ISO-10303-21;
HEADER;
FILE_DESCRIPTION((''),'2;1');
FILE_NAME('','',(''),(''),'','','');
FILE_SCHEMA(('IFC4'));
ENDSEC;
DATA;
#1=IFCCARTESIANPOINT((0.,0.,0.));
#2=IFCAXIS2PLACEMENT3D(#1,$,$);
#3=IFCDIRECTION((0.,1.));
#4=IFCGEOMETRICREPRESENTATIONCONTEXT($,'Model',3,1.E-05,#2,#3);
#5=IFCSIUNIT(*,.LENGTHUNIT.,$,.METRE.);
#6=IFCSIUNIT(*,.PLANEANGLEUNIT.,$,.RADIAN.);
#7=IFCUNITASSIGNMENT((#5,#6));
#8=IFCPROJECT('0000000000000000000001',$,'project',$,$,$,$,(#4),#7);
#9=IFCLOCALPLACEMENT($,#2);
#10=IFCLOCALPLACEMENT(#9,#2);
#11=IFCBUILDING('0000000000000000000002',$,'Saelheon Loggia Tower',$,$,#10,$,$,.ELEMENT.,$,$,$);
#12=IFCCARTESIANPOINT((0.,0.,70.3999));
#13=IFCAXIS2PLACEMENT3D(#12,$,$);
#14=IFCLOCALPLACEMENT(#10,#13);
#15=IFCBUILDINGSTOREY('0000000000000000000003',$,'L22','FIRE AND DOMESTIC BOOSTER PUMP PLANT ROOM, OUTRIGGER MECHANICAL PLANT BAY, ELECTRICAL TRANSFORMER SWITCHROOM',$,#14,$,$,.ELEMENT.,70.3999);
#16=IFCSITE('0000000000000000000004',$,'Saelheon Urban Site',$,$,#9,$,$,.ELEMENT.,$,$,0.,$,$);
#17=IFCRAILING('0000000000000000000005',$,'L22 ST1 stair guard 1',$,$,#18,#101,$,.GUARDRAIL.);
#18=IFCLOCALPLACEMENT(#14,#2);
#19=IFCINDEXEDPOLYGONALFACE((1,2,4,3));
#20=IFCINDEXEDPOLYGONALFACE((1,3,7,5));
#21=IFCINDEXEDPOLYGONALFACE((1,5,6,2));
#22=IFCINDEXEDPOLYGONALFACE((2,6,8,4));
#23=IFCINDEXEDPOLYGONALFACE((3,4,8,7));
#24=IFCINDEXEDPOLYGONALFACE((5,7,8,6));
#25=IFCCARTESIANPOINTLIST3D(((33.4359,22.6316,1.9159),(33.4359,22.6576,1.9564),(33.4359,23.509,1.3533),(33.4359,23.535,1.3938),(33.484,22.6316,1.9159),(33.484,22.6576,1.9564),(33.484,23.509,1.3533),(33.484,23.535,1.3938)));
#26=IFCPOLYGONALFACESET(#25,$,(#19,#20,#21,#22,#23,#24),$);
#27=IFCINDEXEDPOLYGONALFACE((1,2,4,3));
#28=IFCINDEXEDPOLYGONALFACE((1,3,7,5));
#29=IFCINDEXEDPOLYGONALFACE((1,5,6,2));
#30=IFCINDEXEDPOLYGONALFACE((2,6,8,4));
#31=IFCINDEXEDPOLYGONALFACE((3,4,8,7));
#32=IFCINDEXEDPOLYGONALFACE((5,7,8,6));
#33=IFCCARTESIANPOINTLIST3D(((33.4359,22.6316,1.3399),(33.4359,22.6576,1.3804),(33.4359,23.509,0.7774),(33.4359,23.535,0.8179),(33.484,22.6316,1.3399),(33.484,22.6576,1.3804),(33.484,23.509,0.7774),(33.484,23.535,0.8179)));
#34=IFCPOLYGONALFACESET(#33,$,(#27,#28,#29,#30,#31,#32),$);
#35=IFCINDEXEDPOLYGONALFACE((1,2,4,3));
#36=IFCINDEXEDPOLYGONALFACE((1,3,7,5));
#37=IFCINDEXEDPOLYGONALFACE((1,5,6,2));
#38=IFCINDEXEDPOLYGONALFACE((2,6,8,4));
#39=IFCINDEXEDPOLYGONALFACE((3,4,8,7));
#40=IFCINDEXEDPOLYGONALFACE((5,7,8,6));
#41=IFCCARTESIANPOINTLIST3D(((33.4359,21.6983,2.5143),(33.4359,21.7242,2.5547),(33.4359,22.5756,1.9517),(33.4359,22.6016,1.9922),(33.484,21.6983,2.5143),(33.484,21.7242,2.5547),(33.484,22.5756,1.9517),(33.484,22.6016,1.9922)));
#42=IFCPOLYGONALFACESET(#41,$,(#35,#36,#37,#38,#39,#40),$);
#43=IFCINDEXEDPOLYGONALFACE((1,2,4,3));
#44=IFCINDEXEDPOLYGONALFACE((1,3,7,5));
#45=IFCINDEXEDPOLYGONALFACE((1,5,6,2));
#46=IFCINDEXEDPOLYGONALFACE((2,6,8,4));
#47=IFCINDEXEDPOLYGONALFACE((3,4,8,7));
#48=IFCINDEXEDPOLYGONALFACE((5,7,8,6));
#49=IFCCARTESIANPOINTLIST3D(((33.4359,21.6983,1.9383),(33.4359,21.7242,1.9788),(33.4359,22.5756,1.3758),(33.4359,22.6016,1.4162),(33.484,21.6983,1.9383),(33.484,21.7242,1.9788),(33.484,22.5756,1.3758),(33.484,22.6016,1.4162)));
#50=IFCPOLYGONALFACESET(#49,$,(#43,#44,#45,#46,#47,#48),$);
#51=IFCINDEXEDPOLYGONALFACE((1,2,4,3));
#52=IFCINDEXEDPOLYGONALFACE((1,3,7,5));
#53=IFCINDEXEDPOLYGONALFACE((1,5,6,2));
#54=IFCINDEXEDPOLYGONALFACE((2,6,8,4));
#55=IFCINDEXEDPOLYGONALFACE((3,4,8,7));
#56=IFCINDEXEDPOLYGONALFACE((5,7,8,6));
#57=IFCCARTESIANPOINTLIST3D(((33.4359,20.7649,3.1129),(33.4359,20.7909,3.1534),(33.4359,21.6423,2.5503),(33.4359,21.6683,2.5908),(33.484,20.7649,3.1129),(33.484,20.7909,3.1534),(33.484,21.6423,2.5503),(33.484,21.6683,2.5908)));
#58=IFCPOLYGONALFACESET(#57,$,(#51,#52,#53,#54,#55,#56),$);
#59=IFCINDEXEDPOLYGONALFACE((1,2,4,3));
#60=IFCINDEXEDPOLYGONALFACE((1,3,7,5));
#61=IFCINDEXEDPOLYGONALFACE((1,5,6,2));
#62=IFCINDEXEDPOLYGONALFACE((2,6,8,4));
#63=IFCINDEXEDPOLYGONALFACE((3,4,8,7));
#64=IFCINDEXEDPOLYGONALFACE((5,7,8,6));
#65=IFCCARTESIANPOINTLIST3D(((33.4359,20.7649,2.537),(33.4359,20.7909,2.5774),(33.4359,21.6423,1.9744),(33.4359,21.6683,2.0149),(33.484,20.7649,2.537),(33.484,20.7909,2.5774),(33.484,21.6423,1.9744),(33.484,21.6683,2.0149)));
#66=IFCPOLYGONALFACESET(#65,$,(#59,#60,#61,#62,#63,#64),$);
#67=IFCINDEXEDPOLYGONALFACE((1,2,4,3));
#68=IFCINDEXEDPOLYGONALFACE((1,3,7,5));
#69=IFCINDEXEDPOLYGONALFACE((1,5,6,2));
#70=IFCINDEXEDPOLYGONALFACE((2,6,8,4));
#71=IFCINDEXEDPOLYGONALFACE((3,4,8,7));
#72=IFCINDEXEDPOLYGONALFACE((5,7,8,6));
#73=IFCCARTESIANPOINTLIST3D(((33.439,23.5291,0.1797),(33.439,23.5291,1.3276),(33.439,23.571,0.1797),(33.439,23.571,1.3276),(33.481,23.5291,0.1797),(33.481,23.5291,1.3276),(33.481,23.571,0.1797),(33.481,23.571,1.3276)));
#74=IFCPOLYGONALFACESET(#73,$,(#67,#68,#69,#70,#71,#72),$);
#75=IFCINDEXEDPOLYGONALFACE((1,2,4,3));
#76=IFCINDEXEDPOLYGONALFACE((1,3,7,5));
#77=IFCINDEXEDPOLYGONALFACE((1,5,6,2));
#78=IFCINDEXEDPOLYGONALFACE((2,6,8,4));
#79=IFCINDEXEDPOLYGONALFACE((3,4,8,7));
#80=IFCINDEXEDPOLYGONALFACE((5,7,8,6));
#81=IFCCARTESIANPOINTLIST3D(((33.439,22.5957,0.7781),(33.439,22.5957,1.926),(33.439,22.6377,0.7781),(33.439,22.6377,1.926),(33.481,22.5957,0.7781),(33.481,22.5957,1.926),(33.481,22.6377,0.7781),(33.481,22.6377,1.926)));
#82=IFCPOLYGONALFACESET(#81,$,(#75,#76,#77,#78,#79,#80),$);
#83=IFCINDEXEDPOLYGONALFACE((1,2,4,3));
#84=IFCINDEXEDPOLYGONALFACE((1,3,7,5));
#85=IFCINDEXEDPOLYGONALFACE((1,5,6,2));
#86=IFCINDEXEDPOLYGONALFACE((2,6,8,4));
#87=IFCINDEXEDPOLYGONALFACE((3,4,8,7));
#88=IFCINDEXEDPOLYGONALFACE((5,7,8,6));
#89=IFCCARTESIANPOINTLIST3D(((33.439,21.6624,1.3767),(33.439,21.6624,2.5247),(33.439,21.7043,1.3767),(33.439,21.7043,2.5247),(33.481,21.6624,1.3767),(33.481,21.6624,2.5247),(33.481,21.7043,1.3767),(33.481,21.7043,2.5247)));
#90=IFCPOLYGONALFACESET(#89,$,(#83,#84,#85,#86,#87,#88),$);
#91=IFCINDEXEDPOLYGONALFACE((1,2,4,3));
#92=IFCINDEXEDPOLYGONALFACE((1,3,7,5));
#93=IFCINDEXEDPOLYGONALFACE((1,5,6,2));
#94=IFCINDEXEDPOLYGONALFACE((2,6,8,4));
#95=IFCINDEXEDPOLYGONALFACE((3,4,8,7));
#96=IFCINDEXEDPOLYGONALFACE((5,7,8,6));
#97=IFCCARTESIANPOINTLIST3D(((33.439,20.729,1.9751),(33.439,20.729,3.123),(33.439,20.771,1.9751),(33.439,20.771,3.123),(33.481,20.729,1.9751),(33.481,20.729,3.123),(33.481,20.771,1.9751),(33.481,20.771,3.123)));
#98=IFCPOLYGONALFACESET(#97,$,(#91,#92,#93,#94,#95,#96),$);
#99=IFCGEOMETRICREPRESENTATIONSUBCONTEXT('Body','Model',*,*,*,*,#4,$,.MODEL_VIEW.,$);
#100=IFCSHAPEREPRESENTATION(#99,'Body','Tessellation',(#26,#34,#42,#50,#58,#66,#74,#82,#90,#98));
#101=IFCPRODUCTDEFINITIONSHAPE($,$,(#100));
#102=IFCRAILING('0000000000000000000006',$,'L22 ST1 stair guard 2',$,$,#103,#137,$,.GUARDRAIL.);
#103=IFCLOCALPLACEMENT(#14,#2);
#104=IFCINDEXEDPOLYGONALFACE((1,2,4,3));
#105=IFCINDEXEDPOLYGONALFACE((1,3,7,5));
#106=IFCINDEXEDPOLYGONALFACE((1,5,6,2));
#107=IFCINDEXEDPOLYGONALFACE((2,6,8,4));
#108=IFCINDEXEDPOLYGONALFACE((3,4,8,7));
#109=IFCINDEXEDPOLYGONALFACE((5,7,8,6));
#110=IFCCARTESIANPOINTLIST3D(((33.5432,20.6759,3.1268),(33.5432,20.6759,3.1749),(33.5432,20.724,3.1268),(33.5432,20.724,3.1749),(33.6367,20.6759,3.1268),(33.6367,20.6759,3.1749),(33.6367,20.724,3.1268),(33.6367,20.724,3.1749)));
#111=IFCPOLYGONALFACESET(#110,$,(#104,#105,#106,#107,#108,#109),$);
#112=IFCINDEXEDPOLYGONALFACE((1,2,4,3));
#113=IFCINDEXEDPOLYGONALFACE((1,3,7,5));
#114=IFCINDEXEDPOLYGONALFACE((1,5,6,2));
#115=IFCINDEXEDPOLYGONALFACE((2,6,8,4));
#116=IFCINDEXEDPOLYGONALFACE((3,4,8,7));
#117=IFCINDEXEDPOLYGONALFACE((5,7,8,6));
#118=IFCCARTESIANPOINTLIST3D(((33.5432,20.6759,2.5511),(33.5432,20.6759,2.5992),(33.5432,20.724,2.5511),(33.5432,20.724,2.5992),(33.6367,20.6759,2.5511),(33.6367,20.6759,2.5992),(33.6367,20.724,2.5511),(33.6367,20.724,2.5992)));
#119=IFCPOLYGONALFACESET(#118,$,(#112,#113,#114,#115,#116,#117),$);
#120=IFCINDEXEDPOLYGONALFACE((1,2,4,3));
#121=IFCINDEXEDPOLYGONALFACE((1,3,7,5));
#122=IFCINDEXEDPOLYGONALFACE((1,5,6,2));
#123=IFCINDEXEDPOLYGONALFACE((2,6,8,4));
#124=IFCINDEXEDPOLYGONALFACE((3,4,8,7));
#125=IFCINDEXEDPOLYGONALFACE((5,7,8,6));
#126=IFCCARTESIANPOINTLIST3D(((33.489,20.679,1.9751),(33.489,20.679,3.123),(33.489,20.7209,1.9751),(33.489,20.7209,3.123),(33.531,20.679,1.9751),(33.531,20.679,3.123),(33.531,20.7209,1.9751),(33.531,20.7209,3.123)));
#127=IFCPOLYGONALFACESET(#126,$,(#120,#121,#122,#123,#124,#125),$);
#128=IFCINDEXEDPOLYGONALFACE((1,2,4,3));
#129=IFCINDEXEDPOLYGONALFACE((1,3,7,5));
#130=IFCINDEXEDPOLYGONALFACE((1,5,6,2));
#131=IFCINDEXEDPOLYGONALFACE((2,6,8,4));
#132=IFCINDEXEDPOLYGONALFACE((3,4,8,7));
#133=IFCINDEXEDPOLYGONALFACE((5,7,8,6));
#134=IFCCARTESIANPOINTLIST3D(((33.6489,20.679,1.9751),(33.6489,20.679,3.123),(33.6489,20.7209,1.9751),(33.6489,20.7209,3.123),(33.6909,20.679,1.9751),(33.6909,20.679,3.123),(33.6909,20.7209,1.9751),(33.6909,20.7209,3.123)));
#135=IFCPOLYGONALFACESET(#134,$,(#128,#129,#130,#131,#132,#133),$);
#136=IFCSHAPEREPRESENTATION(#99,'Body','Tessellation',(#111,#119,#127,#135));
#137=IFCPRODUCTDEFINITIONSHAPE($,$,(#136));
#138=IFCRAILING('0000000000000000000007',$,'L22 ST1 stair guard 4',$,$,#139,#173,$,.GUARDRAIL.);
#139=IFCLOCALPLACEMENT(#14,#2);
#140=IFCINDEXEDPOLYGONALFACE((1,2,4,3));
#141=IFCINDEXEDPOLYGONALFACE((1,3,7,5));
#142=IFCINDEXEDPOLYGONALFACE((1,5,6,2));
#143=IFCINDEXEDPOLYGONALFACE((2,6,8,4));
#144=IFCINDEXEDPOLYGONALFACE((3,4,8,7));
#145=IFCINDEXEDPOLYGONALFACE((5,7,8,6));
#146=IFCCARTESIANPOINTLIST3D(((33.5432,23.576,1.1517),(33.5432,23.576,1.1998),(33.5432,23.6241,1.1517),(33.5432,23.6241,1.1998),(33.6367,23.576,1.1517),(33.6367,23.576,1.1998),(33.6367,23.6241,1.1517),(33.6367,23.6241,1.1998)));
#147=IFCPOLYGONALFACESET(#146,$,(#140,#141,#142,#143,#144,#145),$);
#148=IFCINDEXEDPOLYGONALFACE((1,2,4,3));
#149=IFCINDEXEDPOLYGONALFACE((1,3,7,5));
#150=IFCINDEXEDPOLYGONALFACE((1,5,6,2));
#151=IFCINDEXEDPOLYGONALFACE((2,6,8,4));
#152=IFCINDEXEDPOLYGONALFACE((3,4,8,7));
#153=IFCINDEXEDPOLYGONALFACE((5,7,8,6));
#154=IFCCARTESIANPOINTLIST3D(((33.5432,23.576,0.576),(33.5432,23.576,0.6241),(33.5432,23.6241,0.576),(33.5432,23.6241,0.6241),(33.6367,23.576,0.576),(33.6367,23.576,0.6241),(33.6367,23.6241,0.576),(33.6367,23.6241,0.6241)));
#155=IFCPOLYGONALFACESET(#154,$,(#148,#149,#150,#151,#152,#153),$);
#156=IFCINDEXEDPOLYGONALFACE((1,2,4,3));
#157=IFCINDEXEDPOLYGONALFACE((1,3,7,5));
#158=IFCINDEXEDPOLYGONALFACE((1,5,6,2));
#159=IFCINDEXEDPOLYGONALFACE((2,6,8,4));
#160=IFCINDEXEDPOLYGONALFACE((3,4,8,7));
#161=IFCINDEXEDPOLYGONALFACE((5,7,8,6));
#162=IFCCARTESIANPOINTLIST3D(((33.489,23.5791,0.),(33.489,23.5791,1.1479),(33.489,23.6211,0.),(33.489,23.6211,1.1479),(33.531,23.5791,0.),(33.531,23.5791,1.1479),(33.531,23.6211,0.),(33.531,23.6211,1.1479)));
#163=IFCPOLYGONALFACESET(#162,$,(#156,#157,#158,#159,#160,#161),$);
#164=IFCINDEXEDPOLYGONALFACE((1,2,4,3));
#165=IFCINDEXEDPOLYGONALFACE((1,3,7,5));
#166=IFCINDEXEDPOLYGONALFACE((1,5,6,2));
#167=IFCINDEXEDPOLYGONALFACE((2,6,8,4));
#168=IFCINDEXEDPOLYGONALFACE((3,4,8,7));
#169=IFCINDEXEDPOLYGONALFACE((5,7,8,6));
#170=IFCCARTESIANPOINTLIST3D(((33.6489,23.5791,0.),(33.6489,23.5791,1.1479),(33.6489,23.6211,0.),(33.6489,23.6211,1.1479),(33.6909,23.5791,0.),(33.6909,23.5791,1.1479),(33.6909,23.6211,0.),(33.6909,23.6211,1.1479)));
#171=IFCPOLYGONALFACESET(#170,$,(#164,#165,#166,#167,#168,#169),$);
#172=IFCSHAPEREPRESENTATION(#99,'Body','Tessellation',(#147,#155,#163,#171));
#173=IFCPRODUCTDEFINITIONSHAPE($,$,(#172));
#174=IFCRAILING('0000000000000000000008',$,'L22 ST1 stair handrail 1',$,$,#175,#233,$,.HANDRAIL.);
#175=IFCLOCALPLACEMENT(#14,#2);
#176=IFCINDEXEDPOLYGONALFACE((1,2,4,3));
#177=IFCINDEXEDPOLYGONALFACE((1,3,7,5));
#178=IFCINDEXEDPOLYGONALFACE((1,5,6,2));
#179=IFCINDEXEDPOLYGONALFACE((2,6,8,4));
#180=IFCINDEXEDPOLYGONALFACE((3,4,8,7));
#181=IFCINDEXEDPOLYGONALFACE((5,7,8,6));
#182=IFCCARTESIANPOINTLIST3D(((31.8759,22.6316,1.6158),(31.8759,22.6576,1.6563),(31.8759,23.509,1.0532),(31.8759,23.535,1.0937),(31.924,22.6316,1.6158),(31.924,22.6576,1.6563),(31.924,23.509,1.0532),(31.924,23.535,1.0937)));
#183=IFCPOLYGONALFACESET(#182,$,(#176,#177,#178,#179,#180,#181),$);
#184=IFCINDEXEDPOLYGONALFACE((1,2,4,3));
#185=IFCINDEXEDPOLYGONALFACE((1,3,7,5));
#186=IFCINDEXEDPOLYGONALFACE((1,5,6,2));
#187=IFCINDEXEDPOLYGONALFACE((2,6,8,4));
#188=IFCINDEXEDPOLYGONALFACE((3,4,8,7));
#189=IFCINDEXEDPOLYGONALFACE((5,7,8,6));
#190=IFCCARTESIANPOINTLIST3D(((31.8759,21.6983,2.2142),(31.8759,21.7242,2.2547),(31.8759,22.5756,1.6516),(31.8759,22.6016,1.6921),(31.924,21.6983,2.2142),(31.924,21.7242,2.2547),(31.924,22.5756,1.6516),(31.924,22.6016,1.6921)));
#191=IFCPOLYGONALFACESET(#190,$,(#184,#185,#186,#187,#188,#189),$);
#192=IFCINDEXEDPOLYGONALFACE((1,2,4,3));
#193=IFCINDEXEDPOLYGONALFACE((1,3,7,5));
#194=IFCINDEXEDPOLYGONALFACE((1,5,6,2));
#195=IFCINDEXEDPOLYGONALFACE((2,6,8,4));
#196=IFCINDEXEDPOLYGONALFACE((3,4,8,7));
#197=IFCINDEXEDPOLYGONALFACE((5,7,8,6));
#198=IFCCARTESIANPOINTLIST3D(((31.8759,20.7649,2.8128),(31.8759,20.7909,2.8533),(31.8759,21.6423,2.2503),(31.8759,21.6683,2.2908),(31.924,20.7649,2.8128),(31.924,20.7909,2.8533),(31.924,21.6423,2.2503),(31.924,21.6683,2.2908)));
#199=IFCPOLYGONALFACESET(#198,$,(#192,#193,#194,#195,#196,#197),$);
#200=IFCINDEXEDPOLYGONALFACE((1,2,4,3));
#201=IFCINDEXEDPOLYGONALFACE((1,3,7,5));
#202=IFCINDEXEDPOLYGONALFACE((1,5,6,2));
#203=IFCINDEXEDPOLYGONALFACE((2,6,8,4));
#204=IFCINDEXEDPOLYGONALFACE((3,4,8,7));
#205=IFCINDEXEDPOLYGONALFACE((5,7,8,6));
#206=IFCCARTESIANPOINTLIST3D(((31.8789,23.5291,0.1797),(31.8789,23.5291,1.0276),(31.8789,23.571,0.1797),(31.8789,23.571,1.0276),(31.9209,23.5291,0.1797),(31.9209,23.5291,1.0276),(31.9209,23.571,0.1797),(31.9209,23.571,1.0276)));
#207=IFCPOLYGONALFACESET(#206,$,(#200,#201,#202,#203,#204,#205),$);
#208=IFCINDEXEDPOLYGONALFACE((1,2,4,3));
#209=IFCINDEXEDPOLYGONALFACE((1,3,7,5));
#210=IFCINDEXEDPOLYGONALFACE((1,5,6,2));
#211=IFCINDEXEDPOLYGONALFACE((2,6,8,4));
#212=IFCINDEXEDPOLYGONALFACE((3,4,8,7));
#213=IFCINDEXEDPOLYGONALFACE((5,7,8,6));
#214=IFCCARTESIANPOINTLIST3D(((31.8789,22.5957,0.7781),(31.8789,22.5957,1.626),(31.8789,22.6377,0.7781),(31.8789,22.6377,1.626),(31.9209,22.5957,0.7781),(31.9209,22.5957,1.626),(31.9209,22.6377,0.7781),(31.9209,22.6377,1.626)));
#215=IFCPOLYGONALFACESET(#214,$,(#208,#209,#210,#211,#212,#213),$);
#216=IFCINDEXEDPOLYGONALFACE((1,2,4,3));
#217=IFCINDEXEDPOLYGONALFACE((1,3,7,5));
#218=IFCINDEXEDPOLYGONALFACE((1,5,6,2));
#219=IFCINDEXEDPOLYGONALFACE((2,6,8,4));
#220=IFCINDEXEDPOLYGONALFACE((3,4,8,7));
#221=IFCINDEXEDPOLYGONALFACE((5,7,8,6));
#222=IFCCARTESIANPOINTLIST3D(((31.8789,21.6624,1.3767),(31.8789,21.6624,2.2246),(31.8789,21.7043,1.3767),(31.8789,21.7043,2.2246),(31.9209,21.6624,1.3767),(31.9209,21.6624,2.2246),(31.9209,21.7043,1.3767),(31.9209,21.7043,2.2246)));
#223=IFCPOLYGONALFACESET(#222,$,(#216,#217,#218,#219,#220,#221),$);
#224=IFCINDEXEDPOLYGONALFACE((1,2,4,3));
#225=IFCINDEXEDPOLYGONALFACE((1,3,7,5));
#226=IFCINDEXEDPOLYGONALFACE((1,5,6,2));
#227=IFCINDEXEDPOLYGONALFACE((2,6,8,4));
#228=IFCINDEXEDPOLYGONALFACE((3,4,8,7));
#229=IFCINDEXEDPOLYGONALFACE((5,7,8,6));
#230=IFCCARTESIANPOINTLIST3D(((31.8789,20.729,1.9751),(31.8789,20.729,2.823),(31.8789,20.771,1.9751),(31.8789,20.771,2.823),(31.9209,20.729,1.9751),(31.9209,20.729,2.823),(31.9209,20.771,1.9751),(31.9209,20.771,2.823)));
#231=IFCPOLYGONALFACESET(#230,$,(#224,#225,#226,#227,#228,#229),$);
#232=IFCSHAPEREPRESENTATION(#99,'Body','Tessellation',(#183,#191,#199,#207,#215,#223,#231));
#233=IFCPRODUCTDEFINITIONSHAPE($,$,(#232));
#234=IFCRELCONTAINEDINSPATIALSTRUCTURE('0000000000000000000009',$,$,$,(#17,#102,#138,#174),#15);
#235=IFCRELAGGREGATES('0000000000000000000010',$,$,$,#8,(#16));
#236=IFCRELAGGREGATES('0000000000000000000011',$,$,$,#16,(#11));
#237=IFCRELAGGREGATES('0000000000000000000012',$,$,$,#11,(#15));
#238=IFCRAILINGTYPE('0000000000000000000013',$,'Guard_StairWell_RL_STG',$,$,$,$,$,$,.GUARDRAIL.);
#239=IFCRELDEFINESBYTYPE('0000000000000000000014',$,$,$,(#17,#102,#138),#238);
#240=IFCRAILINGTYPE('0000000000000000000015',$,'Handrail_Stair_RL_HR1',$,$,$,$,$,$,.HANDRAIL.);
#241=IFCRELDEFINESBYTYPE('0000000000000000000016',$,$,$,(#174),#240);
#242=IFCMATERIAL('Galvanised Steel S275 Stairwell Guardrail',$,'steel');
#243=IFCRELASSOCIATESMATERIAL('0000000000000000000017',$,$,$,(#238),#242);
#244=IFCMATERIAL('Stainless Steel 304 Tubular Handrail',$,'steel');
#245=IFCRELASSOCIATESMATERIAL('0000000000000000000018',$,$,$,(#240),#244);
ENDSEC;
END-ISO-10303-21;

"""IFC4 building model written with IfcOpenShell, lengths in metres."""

from ifc_helpers import new_model, si_unit, direction, frame, origin, origin_2d, place, context, subcontext, project, spatial, rectangle, extrude, material, type_object, element, save


model = new_model("IFC4")

# Units and contexts
model_context = context("Model", 3, precision=1e-05, world=origin(), true_north=direction((0.0, 1.0)))
body_context = subcontext(model_context, "Body", "Model", "MODEL_VIEW")
ifc_project = project(units=[si_unit("LENGTHUNIT", "METRE"), si_unit("PLANEANGLEUNIT", "RADIAN")], contexts=[model_context])

# Site, building, storey
site_placement = place(None, origin())
site = spatial("IfcSite", under=ifc_project, at=site_placement, Name="Saelheon Urban Site", CompositionType="ELEMENT", RefElevation=0.0)
building_placement = place(site_placement, origin())
building = spatial("IfcBuilding", under=site, at=building_placement, Name="Saelheon Loggia Tower", CompositionType="ELEMENT")
storey_placement = place(building_placement, frame((0.0, 0.0, 70.3999)))
storey = spatial("IfcBuildingStorey", under=building, at=storey_placement, Name="L22", Description="FIRE AND DOMESTIC BOOSTER PUMP PLANT ROOM, OUTRIGGER MECHANICAL PLANT BAY, ELECTRICAL TRANSFORMER SWITCHROOM", CompositionType="ELEMENT", Elevation=70.3999)

# Railings
ifc_material_1 = material(Name="Galvanised Steel S275 Stairwell Guardrail", Category="steel")
railing_type_1 = type_object("IfcRailingType", Name="Guard_StairWell_RL_STG", PredefinedType="GUARDRAIL", material=ifc_material_1)
railing_1_placement = place(storey_placement, frame((33.46, 23.55, 0.1797)))
element("IfcRailing", 1, at=railing_1_placement, inside=storey, type_object=railing_type_1, Name="L22 ST1 stair guard 1", PredefinedType="GUARDRAIL", context=body_context, shape_type="SweptSolid", body=[
    extrude(rectangle(XDim=0.0481, YDim=0.0481, at=origin_2d()), frame((0.0, -0.0281, 1.1938), z_axis=(0.0, -0.84181, 0.539774), x_axis=(1.0, 0.0, 0.0)), (0.0, 0.0, 1.0), 1.0422),
    extrude(rectangle(XDim=0.0481, YDim=0.0481, at=origin_2d()), frame((0.0, -0.0281, 0.6179), z_axis=(0.0, -0.84181, 0.539774), x_axis=(1.0, 0.0, 0.0)), (0.0, 0.0, 1.0), 1.0422),
    extrude(rectangle(XDim=0.0481, YDim=0.0481, at=origin_2d()), frame((0.0, -0.9614, 1.7922), z_axis=(0.0, -0.84181, 0.539774), x_axis=(1.0, 0.0, 0.0)), (0.0, 0.0, 1.0), 1.0422),
    extrude(rectangle(XDim=0.0481, YDim=0.0481, at=origin_2d()), frame((0.0, -0.9614, 1.2163), z_axis=(0.0, -0.84181, 0.539774), x_axis=(1.0, 0.0, 0.0)), (0.0, 0.0, 1.0), 1.0422),
    extrude(rectangle(XDim=0.0481, YDim=0.0481, at=origin_2d()), frame((0.0, -1.8948, 2.3909), z_axis=(0.0, -0.84181, 0.539774), x_axis=(1.0, 0.0, 0.0)), (0.0, 0.0, 1.0), 1.0422),
    extrude(rectangle(XDim=0.0481, YDim=0.0481, at=origin_2d()), frame((0.0, -1.8948, 1.8149), z_axis=(0.0, -0.84181, 0.539774), x_axis=(1.0, 0.0, 0.0)), (0.0, 0.0, 1.0), 1.0422),
    extrude(rectangle(XDim=0.042, YDim=0.042, at=origin_2d()), origin(), (0.0, 0.0, 1.0), 1.1479),
    extrude(rectangle(XDim=0.042, YDim=0.042, at=origin_2d()), frame((0.0, -0.9333, 0.5984)), (0.0, 0.0, 1.0), 1.1479),
    extrude(rectangle(XDim=0.042, YDim=0.042, at=origin_2d()), frame((0.0, -1.8667, 1.197)), (0.0, 0.0, 1.0), 1.1479),
    extrude(rectangle(XDim=0.042, YDim=0.042, at=origin_2d()), frame((0.0, -2.8, 1.7954)), (0.0, 0.0, 1.0), 1.1479),
])
for number, where, name in (
    (2, (33.51, 20.7, 1.9751), "L22 ST1 stair guard 2"),
    (3, (33.51, 23.6001, 0.0), "L22 ST1 stair guard 4"),
):
    element("IfcRailing", number, at=place(storey_placement, frame(where)), inside=storey, type_object=railing_type_1, Name=name, PredefinedType="GUARDRAIL", context=body_context, shape_type="SweptSolid", body=[
        extrude(rectangle(XDim=0.0481, YDim=0.0481, at=origin_2d()), frame((0.0332, 0.0, 1.1758), z_axis=(1.0, 0.0, 0.0), x_axis=(0.0, 1.0, 0.0)), (0.0, 0.0, 1.0), 0.0935),
        extrude(rectangle(XDim=0.0481, YDim=0.0481, at=origin_2d()), frame((0.0332, 0.0, 0.6001), z_axis=(1.0, 0.0, 0.0), x_axis=(0.0, 1.0, 0.0)), (0.0, 0.0, 1.0), 0.0935),
        extrude(rectangle(XDim=0.042, YDim=0.042, at=origin_2d()), origin(), (0.0, 0.0, 1.0), 1.1479),
        extrude(rectangle(XDim=0.042, YDim=0.042, at=origin_2d()), frame((0.1599, 0.0, 0.0)), (0.0, 0.0, 1.0), 1.1479),
    ])
ifc_material_2 = material(Name="Stainless Steel 304 Tubular Handrail", Category="steel")
railing_type_2 = type_object("IfcRailingType", Name="Handrail_Stair_RL_HR1", PredefinedType="HANDRAIL", material=ifc_material_2)
railing_2_placement = place(storey_placement, frame((31.8999, 23.55, 0.1797)))
element("IfcRailing", 4, at=railing_2_placement, inside=storey, type_object=railing_type_2, Name="L22 ST1 stair handrail 1", PredefinedType="HANDRAIL", context=body_context, shape_type="SweptSolid", body=[
    extrude(rectangle(XDim=0.0481, YDim=0.0481, at=origin_2d()), frame((0.0, -0.0281, 0.8938), z_axis=(0.0, -0.84181, 0.539774), x_axis=(1.0, 0.0, 0.0)), (0.0, 0.0, 1.0), 1.0422),
    extrude(rectangle(XDim=0.0481, YDim=0.0481, at=origin_2d()), frame((0.0, -0.9614, 1.4922), z_axis=(0.0, -0.84181, 0.539774), x_axis=(1.0, 0.0, 0.0)), (0.0, 0.0, 1.0), 1.0422),
    extrude(rectangle(XDim=0.0481, YDim=0.0481, at=origin_2d()), frame((0.0, -1.8948, 2.0908), z_axis=(0.0, -0.84181, 0.539774), x_axis=(1.0, 0.0, 0.0)), (0.0, 0.0, 1.0), 1.0422),
    extrude(rectangle(XDim=0.042, YDim=0.042, at=origin_2d()), origin(), (0.0, 0.0, 1.0), 0.8479),
    extrude(rectangle(XDim=0.042, YDim=0.042, at=origin_2d()), frame((0.0, -0.9333, 0.5984)), (0.0, 0.0, 1.0), 0.8479),
    extrude(rectangle(XDim=0.042, YDim=0.042, at=origin_2d()), frame((0.0, -1.8667, 1.197)), (0.0, 0.0, 1.0), 0.8479),
    extrude(rectangle(XDim=0.042, YDim=0.042, at=origin_2d()), frame((0.0, -2.8, 1.7954)), (0.0, 0.0, 1.0), 0.8479),
])

save(model, "model.ifc")
